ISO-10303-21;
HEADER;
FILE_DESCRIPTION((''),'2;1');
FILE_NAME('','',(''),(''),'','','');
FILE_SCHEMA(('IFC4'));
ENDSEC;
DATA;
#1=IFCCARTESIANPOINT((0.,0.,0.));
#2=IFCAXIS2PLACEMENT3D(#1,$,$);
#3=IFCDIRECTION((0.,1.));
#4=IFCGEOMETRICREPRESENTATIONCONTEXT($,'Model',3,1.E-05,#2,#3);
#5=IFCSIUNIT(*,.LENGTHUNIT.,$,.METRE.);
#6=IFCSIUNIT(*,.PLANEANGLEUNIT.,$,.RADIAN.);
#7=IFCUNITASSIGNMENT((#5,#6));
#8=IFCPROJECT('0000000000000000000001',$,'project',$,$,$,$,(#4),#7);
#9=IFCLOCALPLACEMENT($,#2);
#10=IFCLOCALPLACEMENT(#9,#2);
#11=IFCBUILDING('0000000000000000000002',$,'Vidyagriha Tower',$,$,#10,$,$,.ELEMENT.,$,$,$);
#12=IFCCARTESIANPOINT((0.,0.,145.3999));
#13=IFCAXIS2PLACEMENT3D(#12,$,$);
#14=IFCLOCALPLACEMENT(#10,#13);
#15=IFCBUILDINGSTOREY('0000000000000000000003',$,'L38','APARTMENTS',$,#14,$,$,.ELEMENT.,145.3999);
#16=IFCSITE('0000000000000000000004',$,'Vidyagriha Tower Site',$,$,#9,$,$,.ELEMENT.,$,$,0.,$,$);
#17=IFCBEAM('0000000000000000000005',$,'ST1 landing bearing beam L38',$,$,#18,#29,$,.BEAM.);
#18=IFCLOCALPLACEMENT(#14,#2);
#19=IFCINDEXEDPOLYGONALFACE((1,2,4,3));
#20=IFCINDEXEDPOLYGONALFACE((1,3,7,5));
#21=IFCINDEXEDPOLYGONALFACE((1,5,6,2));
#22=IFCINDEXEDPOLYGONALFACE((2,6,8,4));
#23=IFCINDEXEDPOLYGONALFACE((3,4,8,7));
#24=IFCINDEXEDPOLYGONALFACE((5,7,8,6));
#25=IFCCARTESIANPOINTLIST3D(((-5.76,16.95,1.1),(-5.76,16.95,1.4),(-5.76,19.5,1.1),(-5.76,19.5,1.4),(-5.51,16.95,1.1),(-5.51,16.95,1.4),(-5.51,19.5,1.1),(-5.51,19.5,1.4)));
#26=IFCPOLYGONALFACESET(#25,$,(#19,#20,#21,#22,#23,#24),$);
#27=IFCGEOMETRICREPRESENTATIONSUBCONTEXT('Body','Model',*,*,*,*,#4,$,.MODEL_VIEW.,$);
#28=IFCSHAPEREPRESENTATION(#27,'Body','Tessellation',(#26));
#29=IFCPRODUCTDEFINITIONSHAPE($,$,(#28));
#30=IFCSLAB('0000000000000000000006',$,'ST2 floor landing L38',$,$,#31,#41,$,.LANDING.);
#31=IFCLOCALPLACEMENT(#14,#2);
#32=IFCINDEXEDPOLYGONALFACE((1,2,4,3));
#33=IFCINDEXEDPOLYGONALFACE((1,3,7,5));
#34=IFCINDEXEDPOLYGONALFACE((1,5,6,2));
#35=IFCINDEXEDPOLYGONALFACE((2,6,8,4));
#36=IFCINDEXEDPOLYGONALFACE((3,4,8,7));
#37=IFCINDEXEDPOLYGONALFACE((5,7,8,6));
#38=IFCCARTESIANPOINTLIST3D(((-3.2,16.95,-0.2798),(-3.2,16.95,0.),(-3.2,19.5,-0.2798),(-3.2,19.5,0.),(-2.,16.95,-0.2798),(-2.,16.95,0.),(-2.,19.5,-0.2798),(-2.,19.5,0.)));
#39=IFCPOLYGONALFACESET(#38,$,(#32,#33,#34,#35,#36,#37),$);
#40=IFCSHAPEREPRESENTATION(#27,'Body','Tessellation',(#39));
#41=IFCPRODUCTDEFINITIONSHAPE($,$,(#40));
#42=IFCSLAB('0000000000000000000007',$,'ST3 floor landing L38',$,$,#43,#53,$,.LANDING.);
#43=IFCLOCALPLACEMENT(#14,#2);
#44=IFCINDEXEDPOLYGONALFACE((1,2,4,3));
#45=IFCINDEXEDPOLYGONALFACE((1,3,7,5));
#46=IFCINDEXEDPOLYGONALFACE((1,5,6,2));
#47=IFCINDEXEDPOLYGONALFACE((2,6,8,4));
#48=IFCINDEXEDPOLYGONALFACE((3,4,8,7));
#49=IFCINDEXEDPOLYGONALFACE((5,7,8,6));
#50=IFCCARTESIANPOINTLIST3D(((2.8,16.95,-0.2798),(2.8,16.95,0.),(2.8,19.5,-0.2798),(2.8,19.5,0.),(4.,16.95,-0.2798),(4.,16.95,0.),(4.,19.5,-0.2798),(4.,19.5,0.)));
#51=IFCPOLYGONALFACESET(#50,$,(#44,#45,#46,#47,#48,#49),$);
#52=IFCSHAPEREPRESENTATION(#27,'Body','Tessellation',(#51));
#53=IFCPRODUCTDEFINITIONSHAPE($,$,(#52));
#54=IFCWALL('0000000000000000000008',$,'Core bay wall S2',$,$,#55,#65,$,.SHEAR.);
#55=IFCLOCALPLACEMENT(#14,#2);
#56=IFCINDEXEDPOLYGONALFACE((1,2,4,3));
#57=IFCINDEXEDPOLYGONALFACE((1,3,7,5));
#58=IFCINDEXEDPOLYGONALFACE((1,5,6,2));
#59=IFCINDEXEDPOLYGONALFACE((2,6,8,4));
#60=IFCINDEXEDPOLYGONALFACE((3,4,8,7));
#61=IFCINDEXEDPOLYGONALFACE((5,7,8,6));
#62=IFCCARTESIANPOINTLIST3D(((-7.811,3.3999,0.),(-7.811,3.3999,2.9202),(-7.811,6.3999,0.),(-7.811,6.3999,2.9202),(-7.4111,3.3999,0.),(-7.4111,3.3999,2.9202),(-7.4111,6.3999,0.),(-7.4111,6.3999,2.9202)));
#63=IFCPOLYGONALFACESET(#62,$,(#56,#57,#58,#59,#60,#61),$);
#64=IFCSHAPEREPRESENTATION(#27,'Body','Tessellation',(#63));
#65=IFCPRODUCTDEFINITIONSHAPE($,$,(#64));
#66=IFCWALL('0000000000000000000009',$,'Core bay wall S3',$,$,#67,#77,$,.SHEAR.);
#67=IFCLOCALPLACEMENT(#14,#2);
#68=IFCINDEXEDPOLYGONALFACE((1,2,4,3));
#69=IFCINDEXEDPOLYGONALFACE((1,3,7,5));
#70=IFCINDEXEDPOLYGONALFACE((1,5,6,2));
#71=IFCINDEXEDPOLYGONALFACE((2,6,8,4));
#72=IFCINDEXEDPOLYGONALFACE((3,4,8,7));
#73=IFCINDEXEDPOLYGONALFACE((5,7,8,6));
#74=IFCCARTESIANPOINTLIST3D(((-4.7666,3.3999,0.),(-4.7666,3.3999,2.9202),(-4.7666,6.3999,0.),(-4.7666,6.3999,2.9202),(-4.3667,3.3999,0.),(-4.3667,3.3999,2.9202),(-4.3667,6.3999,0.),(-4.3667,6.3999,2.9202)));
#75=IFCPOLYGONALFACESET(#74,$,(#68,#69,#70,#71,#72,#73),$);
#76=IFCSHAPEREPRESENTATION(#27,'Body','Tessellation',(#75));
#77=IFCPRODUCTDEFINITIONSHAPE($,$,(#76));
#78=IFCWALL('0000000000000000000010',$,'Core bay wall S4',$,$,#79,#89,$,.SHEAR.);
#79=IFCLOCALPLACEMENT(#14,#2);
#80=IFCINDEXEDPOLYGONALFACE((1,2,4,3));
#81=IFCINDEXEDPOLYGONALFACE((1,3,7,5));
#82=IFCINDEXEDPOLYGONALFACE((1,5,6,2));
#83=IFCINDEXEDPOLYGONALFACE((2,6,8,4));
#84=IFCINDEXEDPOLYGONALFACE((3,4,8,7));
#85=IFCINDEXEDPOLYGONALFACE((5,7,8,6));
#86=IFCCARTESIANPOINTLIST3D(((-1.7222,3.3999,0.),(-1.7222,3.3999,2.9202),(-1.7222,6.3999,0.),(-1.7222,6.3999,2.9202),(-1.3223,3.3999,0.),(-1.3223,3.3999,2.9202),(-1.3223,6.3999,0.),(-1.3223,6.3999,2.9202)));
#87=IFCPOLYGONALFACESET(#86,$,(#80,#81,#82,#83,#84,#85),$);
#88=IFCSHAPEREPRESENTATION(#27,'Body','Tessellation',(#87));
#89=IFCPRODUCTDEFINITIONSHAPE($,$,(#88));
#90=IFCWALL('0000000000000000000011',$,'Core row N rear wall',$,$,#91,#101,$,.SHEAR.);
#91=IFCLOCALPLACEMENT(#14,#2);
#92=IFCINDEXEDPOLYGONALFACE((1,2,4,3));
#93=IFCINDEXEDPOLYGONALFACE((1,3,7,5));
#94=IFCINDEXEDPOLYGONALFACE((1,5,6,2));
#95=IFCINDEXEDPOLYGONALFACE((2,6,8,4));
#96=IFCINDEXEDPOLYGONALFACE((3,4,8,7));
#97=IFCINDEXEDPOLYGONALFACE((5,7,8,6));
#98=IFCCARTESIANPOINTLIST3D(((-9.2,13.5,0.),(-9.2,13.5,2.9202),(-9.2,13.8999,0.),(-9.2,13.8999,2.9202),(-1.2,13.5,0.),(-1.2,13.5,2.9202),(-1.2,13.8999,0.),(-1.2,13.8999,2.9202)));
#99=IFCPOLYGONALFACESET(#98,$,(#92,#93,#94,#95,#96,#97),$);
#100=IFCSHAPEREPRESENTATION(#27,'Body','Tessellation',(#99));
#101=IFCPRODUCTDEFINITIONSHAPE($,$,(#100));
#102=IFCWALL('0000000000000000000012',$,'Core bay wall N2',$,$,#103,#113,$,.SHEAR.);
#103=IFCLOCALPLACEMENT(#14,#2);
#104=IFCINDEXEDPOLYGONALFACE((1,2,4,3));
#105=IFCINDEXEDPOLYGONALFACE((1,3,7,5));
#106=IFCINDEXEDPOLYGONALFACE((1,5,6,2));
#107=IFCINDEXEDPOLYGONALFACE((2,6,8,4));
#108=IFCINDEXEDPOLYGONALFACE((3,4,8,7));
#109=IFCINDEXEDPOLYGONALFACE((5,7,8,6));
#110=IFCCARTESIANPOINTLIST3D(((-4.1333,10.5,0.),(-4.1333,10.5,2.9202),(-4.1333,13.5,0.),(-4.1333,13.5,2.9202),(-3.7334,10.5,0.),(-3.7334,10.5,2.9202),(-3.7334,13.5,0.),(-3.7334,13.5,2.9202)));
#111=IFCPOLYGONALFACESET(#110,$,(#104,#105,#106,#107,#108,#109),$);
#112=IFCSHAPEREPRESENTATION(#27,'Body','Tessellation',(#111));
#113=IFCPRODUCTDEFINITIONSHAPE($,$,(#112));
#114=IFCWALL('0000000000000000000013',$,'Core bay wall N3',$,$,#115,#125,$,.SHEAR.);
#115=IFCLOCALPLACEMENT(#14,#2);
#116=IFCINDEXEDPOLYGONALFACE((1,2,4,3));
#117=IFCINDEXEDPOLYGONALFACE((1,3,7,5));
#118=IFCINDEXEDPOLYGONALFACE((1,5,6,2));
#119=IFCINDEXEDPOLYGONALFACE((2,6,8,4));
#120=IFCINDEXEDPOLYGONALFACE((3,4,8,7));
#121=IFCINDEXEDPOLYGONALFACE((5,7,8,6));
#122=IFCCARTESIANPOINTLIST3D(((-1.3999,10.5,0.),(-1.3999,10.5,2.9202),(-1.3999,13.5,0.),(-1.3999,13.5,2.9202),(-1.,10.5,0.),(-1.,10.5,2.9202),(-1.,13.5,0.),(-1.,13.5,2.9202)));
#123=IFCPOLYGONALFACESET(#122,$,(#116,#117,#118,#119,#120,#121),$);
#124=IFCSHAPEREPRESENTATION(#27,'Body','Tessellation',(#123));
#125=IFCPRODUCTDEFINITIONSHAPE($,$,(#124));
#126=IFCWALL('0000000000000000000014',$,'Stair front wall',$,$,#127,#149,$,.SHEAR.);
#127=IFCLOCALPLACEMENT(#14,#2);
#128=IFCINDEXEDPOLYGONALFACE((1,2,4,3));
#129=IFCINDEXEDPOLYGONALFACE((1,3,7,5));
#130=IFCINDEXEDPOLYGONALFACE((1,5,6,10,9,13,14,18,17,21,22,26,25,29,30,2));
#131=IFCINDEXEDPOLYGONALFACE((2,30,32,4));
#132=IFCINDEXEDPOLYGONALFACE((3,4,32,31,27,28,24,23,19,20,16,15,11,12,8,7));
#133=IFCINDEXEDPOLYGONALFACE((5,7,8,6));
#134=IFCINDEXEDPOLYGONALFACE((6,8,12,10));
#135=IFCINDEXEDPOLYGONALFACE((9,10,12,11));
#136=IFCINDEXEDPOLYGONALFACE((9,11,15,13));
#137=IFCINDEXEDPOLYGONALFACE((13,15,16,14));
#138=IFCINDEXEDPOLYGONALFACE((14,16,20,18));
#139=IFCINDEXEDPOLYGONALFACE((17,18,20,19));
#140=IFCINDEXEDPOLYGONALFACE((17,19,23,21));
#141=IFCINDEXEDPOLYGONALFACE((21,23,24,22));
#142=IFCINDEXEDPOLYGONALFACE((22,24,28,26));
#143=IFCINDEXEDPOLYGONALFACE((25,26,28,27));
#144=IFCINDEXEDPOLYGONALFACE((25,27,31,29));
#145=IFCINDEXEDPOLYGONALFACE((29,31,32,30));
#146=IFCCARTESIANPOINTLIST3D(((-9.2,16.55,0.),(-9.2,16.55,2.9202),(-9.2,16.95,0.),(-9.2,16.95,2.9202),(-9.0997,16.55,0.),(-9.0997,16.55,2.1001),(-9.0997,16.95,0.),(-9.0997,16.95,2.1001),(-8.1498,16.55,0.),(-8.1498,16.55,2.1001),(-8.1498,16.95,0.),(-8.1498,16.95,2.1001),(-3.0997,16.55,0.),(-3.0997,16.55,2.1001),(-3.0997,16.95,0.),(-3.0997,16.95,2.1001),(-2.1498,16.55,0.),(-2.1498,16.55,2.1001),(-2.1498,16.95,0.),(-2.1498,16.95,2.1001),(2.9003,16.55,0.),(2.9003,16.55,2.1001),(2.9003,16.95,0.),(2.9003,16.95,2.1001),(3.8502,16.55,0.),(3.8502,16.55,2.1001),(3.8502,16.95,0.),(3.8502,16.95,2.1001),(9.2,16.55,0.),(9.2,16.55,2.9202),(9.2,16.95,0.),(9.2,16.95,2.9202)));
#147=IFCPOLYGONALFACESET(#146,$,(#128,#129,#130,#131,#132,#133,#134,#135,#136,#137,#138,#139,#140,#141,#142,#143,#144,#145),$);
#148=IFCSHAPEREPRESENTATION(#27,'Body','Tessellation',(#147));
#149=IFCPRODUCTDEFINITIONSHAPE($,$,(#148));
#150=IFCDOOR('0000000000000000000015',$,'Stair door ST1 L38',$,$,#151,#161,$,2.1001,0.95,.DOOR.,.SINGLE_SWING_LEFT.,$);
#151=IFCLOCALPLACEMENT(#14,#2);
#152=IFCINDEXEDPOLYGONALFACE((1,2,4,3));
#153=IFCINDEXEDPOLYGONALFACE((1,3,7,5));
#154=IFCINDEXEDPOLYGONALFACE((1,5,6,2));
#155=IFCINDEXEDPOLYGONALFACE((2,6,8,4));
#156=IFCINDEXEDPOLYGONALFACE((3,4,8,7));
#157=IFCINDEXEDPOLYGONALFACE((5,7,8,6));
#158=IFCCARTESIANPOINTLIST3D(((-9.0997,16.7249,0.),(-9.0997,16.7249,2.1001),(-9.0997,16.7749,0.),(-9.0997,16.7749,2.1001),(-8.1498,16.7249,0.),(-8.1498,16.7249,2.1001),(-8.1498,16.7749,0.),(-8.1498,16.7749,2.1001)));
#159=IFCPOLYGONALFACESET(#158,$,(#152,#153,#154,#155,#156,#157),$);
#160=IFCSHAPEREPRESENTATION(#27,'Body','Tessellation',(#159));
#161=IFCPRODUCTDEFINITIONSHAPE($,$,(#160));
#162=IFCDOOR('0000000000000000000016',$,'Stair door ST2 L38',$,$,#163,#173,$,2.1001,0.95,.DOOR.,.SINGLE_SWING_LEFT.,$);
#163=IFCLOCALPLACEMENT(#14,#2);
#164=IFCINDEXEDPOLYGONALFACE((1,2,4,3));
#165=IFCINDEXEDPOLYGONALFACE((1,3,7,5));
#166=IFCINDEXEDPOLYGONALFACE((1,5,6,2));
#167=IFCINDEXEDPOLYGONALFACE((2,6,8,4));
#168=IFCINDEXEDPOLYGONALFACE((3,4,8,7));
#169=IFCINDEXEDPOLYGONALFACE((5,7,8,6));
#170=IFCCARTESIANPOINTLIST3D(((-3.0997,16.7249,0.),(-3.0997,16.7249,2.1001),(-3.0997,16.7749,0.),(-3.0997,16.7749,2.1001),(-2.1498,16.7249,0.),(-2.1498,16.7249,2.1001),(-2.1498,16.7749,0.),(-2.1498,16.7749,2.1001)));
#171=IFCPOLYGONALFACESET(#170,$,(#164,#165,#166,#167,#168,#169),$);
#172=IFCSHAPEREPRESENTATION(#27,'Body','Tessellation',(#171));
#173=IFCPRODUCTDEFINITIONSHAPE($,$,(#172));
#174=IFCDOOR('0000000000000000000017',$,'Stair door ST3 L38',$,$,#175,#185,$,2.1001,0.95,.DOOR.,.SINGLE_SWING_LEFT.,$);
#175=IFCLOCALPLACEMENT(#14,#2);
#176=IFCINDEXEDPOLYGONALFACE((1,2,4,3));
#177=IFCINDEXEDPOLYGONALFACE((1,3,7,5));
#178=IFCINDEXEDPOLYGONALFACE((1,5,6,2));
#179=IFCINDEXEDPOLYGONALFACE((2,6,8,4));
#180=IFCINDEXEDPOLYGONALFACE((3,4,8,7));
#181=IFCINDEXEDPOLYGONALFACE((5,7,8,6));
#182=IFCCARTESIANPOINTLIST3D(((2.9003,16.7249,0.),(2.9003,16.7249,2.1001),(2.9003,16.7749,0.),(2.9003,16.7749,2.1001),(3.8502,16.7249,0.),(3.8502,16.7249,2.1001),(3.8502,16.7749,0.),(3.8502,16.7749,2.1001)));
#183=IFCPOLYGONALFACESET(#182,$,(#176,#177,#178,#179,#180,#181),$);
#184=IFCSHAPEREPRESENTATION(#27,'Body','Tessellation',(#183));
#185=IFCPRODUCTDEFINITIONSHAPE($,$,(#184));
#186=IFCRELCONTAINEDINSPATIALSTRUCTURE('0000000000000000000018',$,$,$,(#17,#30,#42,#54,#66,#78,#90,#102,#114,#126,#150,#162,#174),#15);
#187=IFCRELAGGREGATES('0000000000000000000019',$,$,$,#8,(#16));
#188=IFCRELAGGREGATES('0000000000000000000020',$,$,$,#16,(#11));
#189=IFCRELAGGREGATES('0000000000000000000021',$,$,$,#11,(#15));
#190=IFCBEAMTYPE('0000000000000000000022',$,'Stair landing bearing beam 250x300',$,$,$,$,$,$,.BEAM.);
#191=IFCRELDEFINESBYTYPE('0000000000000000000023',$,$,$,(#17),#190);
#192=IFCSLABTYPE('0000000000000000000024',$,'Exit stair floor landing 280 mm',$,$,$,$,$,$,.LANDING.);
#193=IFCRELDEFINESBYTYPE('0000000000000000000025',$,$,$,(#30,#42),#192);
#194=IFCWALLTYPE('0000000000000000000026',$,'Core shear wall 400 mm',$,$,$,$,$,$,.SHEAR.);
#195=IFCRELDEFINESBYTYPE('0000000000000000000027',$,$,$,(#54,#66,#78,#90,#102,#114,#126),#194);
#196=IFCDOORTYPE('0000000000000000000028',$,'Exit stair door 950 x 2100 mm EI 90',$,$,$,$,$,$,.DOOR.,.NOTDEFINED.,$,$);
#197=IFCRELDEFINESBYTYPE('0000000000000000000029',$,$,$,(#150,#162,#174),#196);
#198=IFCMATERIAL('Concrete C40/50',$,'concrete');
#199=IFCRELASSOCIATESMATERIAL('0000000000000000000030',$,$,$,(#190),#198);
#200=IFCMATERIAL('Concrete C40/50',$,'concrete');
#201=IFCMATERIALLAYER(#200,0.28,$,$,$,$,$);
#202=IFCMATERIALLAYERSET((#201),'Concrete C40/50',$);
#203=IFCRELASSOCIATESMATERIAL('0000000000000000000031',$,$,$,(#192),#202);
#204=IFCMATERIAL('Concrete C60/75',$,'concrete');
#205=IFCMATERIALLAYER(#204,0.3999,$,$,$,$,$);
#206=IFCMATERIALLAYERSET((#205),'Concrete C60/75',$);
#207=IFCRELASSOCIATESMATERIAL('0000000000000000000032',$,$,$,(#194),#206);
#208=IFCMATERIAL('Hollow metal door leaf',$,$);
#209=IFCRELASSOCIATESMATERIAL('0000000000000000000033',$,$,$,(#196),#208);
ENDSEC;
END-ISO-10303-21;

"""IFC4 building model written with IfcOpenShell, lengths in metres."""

from ifc_helpers import new_model, si_unit, direction, frame, frame_2d, origin, origin_2d, place, context, subcontext, project, spatial, polyline, rectangle, outline, extrude, material, layer, layer_set, material_profile, profile_set, type_object, element, fill, save


model = new_model("IFC4")

# Units and contexts
model_context = context("Model", 3, precision=1e-05, world=origin(), true_north=direction((0.0, 1.0)))
body_context = subcontext(model_context, "Body", "Model", "MODEL_VIEW")
ifc_project = project(units=[si_unit("LENGTHUNIT", "METRE"), si_unit("PLANEANGLEUNIT", "RADIAN")], contexts=[model_context])

# Site, building, storey
site_placement = place(None, origin())
site = spatial("IfcSite", under=ifc_project, at=site_placement, Name="Vidyagriha Tower Site", CompositionType="ELEMENT", RefElevation=0.0)
building_placement = place(site_placement, origin())
building = spatial("IfcBuilding", under=site, at=building_placement, Name="Vidyagriha Tower", CompositionType="ELEMENT")
storey_placement = place(building_placement, frame((0.0, 0.0, 145.3999)))
storey = spatial("IfcBuildingStorey", under=building, at=storey_placement, Name="L38", Description="APARTMENTS", CompositionType="ELEMENT", Elevation=145.3999)

# Beam
ifc_material_1 = material(Name="Concrete C40/50", Category="concrete")
ifc_material_profile = material_profile(ifc_material_1, rectangle(XDim=0.25, YDim=0.3, at=origin_2d()), Name="Stair landing bearing beam 250x300")
ifc_profile_set = profile_set([ifc_material_profile], Name="Concrete C40/50")
beam_type = type_object("IfcBeamType", Name="Stair landing bearing beam 250x300", PredefinedType="BEAM", material=ifc_profile_set)
beam_placement = place(storey_placement, frame((-5.635, 16.95, 1.25), z_axis=(0.0, 1.0, 0.0), x_axis=(-1.0, 0.0, 0.0)))
element("IfcBeam", 1, at=beam_placement, inside=storey, type_object=beam_type, Name="ST1 landing bearing beam L38", PredefinedType="BEAM", context=body_context, shape_type="SweptSolid", body=[
    extrude(rectangle(XDim=0.25, YDim=0.3, at=origin_2d()), origin(), (0.0, 0.0, 1.0), 2.55),
])

# Slabs
ifc_material_2 = material(Name="Concrete C40/50", Category="concrete")
ifc_layer_1 = layer(ifc_material_2, 0.28)
ifc_layer_set_1 = layer_set([ifc_layer_1], Name="Concrete C40/50")
slab_type = type_object("IfcSlabType", Name="Exit stair floor landing 280 mm", PredefinedType="LANDING", material=ifc_layer_set_1)
slab_1_placement = place(storey_placement, frame((0.0, 0.0, -0.2798)))
element("IfcSlab", 2, at=slab_1_placement, inside=storey, type_object=slab_type, Name="ST2 floor landing L38", PredefinedType="LANDING", context=body_context, shape_type="SweptSolid", body=[
    extrude(outline(polyline([(-3.2, 16.95), (-2.0, 16.95), (-2.0, 19.5), (-3.2, 19.5), (-3.2, 16.95)])), origin(), (0.0, 0.0, 1.0), 0.2798),
])
slab_2_placement = place(storey_placement, frame((0.0, 0.0, -0.2798)))
element("IfcSlab", 3, at=slab_2_placement, inside=storey, type_object=slab_type, Name="ST3 floor landing L38", PredefinedType="LANDING", context=body_context, shape_type="SweptSolid", body=[
    extrude(outline(polyline([(2.8, 16.95), (4.0, 16.95), (4.0, 19.5), (2.8, 19.5), (2.8, 16.95)])), origin(), (0.0, 0.0, 1.0), 0.2798),
])

# Walls
ifc_material_3 = material(Name="Concrete C60/75", Category="concrete")
ifc_layer_2 = layer(ifc_material_3, 0.3999)
ifc_layer_set_2 = layer_set([ifc_layer_2], Name="Concrete C60/75")
wall_type_1 = type_object("IfcWallType", Name="Core shear wall 400 mm", PredefinedType="SHEAR", material=ifc_layer_set_2)
for number, where, z_axis, x_axis, name in (
    (4, (-7.6111, 3.3999, 0.0), (0.0, 0.0, 1.0), (0.0, 1.0, 0.0), "Core bay wall S2"),
    (5, (-4.5667, 3.3999, 0.0), (0.0, 0.0, 1.0), (0.0, 1.0, 0.0), "Core bay wall S3"),
    (6, (-1.5222, 3.3999, 0.0), (0.0, 0.0, 1.0), (0.0, 1.0, 0.0), "Core bay wall S4"),
):
    element("IfcWall", number, at=place(storey_placement, frame(where, z_axis=z_axis, x_axis=x_axis)), inside=storey, type_object=wall_type_1, Name=name, PredefinedType="SHEAR", context=body_context, shape_type="SweptSolid", body=[
        extrude(rectangle(XDim=3.0, YDim=0.3999, at=frame_2d((1.5, 0.0))), origin(), (0.0, 0.0, 1.0), 2.9202),
    ])
wall_1_placement = place(storey_placement, frame((-9.2, 13.7, 0.0)))
element("IfcWall", 7, at=wall_1_placement, inside=storey, type_object=wall_type_1, Name="Core row N rear wall", PredefinedType="SHEAR", context=body_context, shape_type="SweptSolid", body=[
    extrude(rectangle(XDim=8.0, YDim=0.3999, at=frame_2d((4.0, 0.0))), origin(), (0.0, 0.0, 1.0), 2.9202),
])
for number, where, z_axis, x_axis, name in (
    (8, (-3.9333, 10.5, 0.0), (0.0, 0.0, 1.0), (0.0, 1.0, 0.0), "Core bay wall N2"),
    (9, (-1.2, 10.5, 0.0), (0.0, 0.0, 1.0), (0.0, 1.0, 0.0), "Core bay wall N3"),
):
    element("IfcWall", number, at=place(storey_placement, frame(where, z_axis=z_axis, x_axis=x_axis)), inside=storey, type_object=wall_type_1, Name=name, PredefinedType="SHEAR", context=body_context, shape_type="SweptSolid", body=[
        extrude(rectangle(XDim=3.0, YDim=0.3999, at=frame_2d((1.5, 0.0))), origin(), (0.0, 0.0, 1.0), 2.9202),
    ])

# Wall, openings, doors
wall_2_placement = place(storey_placement, frame((-9.2, 16.75, 0.0)))
wall_2 = element("IfcWall", 10, at=wall_2_placement, inside=storey, type_object=wall_type_1, Name="Stair front wall", PredefinedType="SHEAR", context=body_context, shape_type="SweptSolid", body=[
    extrude(rectangle(XDim=18.3999, YDim=0.3999, at=frame_2d((9.2, 0.0))), origin(), (0.0, 0.0, 1.0), 2.9202),
])
opening_1_placement = place(wall_2_placement, frame((0.1001, 0.0, 0.0)))
opening_1 = element("IfcOpeningElement", 11, at=opening_1_placement, cuts=wall_2, PredefinedType="OPENING", context=body_context, shape_type="SweptSolid", body=[
    extrude(rectangle(XDim=0.95, YDim=2.1001, at=frame_2d((0.4751, 1.05))), frame((0.0, 0.21, 0.0), z_axis=(0.0, -1.0, 0.0), x_axis=(1.0, 0.0, 0.0)), (0.0, 0.0, 1.0), 0.4199),
])
opening_2_placement = place(wall_2_placement, frame((6.1001, 0.0, 0.0)))
opening_2 = element("IfcOpeningElement", 12, at=opening_2_placement, cuts=wall_2, PredefinedType="OPENING", context=body_context, shape_type="SweptSolid", body=[
    extrude(rectangle(XDim=0.95, YDim=2.1001, at=frame_2d((0.4751, 1.05))), frame((0.0, 0.21, 0.0), z_axis=(0.0, -1.0, 0.0), x_axis=(1.0, 0.0, 0.0)), (0.0, 0.0, 1.0), 0.4199),
])
opening_3_placement = place(wall_2_placement, frame((12.1001, 0.0, 0.0)))
opening_3 = element("IfcOpeningElement", 13, at=opening_3_placement, cuts=wall_2, PredefinedType="OPENING", context=body_context, shape_type="SweptSolid", body=[
    extrude(rectangle(XDim=0.95, YDim=2.1001, at=frame_2d((0.4751, 1.05))), frame((0.0, 0.21, 0.0), z_axis=(0.0, -1.0, 0.0), x_axis=(1.0, 0.0, 0.0)), (0.0, 0.0, 1.0), 0.4199),
])
ifc_material_4 = material(Name="Hollow metal door leaf")
door_type = type_object("IfcDoorType", Name="Exit stair door 950 x 2100 mm EI 90", OperationType="NOTDEFINED", PredefinedType="DOOR", material=ifc_material_4)
door_1_placement = place(opening_1_placement, origin())
door_1 = element("IfcDoor", 14, at=door_1_placement, inside=storey, type_object=door_type, Name="Stair door ST1 L38", OperationType="SINGLE_SWING_LEFT", OverallHeight=2.1001, OverallWidth=0.95, PredefinedType="DOOR", context=body_context, shape_type="SweptSolid", body=[
    extrude(rectangle(XDim=0.95, YDim=2.1001, at=frame_2d((0.4751, 1.05))), frame((0.0, 0.0249, 0.0), z_axis=(0.0, -1.0, 0.0), x_axis=(1.0, 0.0, 0.0)), (0.0, 0.0, 1.0), 0.05),
])
fill(opening_1, door_1)
door_2_placement = place(opening_2_placement, origin())
door_2 = element("IfcDoor", 15, at=door_2_placement, inside=storey, type_object=door_type, Name="Stair door ST2 L38", OperationType="SINGLE_SWING_LEFT", OverallHeight=2.1001, OverallWidth=0.95, PredefinedType="DOOR", context=body_context, shape_type="SweptSolid", body=[
    extrude(rectangle(XDim=0.95, YDim=2.1001, at=frame_2d((0.4751, 1.05))), frame((0.0, 0.0249, 0.0), z_axis=(0.0, -1.0, 0.0), x_axis=(1.0, 0.0, 0.0)), (0.0, 0.0, 1.0), 0.05),
])
fill(opening_2, door_2)
door_3_placement = place(opening_3_placement, origin())
door_3 = element("IfcDoor", 16, at=door_3_placement, inside=storey, type_object=door_type, Name="Stair door ST3 L38", OperationType="SINGLE_SWING_LEFT", OverallHeight=2.1001, OverallWidth=0.95, PredefinedType="DOOR", context=body_context, shape_type="SweptSolid", body=[
    extrude(rectangle(XDim=0.95, YDim=2.1001, at=frame_2d((0.4751, 1.05))), frame((0.0, 0.0249, 0.0), z_axis=(0.0, -1.0, 0.0), x_axis=(1.0, 0.0, 0.0)), (0.0, 0.0, 1.0), 0.05),
])
fill(opening_3, door_3)

save(model, "model.ifc")
